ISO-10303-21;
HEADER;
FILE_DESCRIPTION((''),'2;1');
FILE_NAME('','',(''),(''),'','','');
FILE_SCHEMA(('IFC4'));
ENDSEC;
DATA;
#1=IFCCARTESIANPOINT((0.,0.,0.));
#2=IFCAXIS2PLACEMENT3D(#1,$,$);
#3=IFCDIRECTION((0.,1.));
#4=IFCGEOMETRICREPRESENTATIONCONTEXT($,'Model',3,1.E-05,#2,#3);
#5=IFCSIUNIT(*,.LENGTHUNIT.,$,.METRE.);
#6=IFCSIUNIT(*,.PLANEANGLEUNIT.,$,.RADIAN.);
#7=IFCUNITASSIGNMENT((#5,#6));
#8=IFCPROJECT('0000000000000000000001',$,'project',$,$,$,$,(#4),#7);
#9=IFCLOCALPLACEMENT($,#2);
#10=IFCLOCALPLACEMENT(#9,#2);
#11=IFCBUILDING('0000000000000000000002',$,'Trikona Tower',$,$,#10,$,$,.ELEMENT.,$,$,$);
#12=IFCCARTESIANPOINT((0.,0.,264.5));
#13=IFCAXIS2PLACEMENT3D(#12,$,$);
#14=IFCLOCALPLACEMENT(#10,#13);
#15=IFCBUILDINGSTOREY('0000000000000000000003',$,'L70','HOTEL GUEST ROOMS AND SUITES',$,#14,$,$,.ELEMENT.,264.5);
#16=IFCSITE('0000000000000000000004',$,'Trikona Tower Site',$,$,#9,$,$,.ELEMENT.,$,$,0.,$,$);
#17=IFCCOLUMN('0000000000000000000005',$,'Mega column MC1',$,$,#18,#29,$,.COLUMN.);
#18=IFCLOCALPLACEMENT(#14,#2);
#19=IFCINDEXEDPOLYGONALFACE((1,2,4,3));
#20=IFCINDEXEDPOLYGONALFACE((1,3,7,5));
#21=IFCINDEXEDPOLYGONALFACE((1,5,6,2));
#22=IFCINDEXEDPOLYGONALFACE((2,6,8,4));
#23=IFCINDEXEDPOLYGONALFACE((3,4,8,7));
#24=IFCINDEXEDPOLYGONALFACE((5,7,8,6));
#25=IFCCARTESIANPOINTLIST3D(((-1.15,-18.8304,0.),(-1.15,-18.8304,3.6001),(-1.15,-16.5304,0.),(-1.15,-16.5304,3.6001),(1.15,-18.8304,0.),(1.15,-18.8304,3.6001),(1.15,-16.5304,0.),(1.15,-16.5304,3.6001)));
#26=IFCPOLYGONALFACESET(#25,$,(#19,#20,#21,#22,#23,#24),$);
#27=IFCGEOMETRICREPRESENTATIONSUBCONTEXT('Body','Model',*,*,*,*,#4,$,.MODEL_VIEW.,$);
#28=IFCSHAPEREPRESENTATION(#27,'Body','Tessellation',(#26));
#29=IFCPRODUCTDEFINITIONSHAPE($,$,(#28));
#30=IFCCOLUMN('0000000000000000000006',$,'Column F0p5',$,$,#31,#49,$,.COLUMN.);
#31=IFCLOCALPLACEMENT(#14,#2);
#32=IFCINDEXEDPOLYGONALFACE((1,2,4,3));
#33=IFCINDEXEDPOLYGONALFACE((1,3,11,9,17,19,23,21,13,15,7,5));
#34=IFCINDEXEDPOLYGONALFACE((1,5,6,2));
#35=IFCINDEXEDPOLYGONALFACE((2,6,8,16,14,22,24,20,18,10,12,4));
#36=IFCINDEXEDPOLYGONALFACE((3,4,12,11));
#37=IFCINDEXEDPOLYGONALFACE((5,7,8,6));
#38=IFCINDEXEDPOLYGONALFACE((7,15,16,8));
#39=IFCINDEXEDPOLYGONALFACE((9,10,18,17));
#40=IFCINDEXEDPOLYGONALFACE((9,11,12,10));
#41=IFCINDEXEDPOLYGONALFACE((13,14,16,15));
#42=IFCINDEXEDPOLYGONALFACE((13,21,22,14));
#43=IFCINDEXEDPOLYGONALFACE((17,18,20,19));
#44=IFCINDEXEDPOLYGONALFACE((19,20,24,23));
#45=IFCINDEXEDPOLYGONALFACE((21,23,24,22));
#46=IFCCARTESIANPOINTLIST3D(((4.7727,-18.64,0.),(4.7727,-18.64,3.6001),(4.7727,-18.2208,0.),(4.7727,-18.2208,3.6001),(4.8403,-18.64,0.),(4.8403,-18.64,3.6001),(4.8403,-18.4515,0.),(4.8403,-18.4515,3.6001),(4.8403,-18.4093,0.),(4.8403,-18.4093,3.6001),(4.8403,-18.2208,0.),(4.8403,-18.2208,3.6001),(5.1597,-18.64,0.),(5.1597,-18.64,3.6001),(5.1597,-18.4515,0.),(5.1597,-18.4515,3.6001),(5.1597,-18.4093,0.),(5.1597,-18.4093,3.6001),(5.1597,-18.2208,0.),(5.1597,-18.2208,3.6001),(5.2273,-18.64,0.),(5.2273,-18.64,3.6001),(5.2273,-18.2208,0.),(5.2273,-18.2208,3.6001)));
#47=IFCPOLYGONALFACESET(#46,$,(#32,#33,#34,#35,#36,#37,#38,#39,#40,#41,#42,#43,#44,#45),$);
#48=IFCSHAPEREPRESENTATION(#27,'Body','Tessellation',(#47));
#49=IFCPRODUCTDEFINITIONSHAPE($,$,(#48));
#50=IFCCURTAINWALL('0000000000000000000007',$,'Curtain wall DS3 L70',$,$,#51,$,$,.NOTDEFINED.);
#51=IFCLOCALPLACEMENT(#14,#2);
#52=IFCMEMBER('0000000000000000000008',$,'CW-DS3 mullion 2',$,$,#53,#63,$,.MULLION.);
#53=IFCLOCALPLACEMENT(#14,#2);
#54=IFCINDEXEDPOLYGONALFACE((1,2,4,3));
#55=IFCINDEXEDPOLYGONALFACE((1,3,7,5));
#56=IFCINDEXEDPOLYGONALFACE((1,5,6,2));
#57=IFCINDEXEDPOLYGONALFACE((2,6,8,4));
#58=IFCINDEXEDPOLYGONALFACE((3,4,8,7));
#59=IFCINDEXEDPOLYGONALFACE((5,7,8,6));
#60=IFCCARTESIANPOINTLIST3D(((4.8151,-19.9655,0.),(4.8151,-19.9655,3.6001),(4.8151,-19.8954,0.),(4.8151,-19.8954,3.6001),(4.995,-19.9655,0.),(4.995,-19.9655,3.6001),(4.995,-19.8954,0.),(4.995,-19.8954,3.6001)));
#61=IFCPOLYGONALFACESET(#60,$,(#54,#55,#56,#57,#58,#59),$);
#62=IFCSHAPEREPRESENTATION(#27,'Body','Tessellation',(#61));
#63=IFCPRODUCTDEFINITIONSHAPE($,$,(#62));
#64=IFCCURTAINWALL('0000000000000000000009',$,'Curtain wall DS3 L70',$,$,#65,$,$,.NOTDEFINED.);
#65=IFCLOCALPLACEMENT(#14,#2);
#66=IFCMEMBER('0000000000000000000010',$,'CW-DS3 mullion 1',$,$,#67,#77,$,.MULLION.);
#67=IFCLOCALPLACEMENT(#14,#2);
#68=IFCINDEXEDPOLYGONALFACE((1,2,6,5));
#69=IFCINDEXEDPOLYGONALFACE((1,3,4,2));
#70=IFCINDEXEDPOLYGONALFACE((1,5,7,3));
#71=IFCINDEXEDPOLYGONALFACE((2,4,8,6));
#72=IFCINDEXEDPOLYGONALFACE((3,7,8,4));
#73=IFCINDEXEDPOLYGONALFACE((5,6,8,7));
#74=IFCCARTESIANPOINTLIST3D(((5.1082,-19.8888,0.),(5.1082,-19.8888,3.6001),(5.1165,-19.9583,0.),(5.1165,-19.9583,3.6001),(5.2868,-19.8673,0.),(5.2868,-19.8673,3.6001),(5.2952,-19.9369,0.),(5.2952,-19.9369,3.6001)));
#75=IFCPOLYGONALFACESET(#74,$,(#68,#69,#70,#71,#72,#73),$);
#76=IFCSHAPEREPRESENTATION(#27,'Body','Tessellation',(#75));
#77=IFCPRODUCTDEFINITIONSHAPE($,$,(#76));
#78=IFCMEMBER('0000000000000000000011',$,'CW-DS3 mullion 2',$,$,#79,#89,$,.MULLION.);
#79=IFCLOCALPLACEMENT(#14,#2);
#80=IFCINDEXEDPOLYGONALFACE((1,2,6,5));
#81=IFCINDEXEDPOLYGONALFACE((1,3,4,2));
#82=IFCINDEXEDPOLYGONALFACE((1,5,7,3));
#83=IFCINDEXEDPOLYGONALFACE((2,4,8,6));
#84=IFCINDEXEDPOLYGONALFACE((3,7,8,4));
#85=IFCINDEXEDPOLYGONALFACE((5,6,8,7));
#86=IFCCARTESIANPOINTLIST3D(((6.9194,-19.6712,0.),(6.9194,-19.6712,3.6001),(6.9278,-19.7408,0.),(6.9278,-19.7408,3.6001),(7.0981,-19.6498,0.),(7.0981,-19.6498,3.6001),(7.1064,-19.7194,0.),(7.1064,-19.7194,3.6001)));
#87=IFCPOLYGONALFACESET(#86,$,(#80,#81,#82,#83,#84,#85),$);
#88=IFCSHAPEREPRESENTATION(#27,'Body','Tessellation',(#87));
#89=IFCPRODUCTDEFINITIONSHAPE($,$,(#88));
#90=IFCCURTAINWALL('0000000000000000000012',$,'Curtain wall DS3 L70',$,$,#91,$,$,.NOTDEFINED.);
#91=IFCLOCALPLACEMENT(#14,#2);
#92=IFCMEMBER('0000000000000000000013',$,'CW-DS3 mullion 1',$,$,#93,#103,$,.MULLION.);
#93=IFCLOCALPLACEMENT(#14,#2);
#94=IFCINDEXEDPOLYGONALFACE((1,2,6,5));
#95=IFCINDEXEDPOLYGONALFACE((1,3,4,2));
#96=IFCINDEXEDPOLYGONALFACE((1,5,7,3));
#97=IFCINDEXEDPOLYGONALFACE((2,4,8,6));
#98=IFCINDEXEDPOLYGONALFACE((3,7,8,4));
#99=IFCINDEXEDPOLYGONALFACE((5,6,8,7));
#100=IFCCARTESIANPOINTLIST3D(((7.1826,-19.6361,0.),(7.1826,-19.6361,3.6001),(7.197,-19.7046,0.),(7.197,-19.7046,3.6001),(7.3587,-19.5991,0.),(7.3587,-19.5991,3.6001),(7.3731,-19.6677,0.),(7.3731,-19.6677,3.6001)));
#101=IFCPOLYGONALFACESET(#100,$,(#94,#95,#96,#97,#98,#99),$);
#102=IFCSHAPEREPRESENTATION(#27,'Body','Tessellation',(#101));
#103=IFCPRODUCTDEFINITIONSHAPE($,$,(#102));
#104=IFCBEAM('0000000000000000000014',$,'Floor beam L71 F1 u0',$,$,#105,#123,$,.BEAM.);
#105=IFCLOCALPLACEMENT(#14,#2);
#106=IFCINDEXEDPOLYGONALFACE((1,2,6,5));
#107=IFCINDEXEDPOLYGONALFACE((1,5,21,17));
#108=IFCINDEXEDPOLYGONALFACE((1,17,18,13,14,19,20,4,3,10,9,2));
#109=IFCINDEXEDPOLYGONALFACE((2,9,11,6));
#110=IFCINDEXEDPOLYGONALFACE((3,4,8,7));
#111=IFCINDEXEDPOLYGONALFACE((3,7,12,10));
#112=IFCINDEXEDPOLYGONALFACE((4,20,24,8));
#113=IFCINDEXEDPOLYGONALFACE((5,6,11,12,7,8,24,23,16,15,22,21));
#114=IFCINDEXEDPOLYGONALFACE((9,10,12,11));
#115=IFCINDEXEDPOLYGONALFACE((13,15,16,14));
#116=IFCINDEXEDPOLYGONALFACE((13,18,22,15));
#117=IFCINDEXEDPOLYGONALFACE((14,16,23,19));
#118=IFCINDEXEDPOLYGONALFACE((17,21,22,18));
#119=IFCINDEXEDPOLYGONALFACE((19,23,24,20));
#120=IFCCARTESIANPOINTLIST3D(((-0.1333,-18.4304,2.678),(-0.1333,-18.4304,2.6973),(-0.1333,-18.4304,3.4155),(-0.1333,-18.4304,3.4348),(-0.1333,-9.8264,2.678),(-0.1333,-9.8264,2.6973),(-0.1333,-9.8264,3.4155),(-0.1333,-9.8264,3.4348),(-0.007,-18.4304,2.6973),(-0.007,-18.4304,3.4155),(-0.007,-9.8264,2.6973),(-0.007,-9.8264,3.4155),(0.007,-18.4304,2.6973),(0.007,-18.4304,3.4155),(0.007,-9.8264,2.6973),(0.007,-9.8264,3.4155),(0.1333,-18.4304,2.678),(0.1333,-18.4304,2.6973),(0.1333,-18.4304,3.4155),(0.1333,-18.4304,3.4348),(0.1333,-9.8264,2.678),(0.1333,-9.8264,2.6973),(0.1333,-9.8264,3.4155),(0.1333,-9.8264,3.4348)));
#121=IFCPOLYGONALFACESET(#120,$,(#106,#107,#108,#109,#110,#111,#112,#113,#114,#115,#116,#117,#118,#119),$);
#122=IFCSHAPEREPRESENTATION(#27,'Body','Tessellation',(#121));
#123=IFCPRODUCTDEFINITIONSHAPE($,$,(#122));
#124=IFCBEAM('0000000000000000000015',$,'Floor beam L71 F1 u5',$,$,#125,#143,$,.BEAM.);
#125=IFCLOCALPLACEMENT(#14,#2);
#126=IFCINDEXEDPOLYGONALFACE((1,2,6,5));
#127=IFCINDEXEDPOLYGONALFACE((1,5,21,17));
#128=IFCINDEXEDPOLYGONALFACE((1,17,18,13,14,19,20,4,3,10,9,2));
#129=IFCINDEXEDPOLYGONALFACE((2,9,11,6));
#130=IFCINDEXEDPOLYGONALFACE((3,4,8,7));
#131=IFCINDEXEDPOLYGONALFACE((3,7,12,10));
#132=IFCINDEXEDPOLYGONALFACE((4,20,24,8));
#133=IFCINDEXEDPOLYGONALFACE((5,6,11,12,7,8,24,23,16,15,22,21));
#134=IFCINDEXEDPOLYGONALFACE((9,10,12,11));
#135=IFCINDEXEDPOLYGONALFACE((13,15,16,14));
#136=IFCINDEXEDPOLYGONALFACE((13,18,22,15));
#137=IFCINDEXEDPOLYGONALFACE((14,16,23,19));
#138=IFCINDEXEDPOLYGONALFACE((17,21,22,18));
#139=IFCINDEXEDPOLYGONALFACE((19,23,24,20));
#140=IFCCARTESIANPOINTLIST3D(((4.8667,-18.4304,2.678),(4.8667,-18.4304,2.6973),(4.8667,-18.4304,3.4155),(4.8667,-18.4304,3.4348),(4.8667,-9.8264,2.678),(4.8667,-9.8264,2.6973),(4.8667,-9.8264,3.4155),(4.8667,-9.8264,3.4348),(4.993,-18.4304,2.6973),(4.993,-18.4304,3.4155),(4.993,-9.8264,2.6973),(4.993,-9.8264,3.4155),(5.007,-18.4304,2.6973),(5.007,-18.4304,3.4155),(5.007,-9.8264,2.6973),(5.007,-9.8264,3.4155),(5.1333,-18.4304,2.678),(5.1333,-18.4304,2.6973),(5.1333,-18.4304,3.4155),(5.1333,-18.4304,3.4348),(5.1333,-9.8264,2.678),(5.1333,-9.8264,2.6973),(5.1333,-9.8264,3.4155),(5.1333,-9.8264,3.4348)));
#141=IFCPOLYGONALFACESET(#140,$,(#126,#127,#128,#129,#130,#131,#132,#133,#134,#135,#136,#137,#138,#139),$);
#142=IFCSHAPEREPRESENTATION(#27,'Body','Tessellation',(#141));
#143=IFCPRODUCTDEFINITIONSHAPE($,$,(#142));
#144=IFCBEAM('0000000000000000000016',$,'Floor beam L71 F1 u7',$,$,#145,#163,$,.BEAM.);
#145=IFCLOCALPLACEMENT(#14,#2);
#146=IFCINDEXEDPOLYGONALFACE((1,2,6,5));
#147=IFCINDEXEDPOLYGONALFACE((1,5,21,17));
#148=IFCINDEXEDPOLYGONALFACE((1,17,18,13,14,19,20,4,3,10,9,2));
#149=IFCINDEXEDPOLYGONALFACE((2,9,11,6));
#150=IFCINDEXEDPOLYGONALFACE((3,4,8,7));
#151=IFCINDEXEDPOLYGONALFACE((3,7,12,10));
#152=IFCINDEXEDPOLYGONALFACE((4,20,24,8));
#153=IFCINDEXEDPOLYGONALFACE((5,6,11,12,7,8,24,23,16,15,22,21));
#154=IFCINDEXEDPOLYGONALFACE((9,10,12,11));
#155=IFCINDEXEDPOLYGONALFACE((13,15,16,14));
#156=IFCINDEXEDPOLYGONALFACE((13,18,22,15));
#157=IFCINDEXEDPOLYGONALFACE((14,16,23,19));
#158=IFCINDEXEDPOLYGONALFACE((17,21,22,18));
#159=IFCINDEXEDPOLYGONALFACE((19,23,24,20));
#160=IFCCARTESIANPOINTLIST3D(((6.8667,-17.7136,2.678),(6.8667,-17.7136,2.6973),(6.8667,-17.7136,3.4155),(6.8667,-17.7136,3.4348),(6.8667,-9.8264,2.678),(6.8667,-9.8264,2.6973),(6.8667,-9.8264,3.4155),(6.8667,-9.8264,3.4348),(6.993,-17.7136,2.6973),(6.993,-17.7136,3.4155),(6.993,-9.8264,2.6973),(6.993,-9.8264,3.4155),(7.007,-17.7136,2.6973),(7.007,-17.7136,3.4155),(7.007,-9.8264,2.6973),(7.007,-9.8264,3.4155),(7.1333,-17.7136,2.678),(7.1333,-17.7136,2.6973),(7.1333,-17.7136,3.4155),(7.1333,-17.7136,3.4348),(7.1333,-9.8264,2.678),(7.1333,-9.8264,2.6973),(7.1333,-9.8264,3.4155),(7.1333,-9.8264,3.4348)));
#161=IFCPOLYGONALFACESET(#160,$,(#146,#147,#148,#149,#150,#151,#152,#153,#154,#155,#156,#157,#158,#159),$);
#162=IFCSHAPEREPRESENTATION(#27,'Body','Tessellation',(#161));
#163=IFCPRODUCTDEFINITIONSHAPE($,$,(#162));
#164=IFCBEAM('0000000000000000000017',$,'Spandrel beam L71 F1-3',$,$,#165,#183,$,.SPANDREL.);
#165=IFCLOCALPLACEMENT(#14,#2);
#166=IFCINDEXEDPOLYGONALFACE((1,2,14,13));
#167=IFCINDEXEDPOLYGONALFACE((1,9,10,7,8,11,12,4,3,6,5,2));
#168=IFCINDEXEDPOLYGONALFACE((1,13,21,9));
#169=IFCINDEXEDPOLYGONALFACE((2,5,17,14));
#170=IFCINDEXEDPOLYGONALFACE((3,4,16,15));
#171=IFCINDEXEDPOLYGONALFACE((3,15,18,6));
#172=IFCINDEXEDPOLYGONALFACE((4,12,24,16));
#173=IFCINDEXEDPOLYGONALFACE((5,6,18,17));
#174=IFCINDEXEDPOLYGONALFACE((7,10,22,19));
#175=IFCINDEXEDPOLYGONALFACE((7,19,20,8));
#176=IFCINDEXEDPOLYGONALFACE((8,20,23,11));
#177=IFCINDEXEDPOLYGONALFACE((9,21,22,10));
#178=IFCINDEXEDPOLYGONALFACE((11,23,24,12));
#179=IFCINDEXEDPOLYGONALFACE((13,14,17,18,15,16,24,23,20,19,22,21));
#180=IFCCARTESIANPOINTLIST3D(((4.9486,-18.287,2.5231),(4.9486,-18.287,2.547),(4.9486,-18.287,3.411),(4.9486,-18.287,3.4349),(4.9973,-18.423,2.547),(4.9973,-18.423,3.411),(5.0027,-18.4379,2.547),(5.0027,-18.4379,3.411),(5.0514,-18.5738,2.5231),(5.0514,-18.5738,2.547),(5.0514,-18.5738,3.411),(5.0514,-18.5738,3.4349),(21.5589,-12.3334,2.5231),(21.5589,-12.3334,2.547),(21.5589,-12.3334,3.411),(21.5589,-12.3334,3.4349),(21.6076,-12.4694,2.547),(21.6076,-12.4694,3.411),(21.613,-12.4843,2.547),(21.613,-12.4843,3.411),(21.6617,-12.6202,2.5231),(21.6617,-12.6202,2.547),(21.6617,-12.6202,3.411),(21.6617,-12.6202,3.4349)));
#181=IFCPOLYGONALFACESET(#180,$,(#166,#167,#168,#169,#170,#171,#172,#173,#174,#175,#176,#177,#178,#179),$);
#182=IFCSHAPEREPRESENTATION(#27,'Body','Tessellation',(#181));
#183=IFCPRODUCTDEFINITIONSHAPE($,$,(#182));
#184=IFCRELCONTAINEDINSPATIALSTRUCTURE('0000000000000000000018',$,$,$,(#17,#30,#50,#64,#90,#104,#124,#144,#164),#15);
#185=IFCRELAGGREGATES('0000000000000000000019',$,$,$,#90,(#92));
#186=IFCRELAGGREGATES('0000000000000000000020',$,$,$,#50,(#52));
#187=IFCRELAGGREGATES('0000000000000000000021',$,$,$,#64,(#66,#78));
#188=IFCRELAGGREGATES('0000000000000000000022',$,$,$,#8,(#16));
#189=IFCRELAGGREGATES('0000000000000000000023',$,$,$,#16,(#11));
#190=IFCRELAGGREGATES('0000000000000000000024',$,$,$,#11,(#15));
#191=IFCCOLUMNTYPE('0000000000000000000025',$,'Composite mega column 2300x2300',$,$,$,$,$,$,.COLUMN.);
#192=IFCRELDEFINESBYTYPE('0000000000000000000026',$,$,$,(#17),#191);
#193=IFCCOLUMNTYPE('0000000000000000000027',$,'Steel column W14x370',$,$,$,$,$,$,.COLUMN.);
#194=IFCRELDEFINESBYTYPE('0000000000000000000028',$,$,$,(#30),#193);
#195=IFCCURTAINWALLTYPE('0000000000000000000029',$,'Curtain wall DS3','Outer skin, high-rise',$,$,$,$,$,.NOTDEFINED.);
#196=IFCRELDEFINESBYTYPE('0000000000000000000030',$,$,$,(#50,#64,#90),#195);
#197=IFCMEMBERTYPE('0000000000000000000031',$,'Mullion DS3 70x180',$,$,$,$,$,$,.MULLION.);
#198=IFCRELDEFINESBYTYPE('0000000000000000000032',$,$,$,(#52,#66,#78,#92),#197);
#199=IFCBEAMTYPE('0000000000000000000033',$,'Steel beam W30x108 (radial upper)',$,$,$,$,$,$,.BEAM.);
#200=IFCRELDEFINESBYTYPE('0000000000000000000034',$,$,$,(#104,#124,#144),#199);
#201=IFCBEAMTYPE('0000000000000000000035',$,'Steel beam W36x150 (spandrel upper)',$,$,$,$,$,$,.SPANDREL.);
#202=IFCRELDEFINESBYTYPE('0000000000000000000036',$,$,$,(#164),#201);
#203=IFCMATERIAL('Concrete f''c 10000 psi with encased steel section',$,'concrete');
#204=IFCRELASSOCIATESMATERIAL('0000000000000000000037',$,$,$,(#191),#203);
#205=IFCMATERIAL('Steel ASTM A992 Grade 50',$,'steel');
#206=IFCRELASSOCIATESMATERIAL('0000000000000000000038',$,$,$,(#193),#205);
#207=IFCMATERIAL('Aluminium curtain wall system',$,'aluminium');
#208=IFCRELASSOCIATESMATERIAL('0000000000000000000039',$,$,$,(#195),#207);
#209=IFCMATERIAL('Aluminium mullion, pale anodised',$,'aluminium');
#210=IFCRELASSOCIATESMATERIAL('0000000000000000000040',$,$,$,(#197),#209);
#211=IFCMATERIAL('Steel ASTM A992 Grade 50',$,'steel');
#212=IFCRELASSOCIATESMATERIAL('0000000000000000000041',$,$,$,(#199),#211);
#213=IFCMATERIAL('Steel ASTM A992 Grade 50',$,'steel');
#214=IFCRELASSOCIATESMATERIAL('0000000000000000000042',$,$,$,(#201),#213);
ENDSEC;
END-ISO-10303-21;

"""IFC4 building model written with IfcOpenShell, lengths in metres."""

from ifc_helpers import new_model, si_unit, direction, frame, origin, origin_2d, place, context, subcontext, project, spatial, rectangle, i_section, extrude, material, material_profile, profile_set, type_object, element, aggregate, save


model = new_model("IFC4")

# Units and contexts
model_context = context("Model", 3, precision=1e-05, world=origin(), true_north=direction((0.0, 1.0)))
body_context = subcontext(model_context, "Body", "Model", "MODEL_VIEW")
ifc_project = project(units=[si_unit("LENGTHUNIT", "METRE"), si_unit("PLANEANGLEUNIT", "RADIAN")], contexts=[model_context])

# Site, building, storey
site_placement = place(None, origin())
site = spatial("IfcSite", under=ifc_project, at=site_placement, Name="Trikona Tower Site", CompositionType="ELEMENT", RefElevation=0.0)
building_placement = place(site_placement, origin())
building = spatial("IfcBuilding", under=site, at=building_placement, Name="Trikona Tower", CompositionType="ELEMENT")
storey_placement = place(building_placement, frame((0.0, 0.0, 264.5)))
storey = spatial("IfcBuildingStorey", under=building, at=storey_placement, Name="L70", Description="HOTEL GUEST ROOMS AND SUITES", CompositionType="ELEMENT", Elevation=264.5)

# Columns
ifc_material_1 = material(Name="Concrete f'c 10000 psi with encased steel section", Category="concrete")
ifc_material_profile_1 = material_profile(ifc_material_1, rectangle(XDim=2.3, YDim=2.3, at=origin_2d()), Name="MC2300")
ifc_profile_set_1 = profile_set([ifc_material_profile_1], Name="Concrete f'c 10000 psi with encased steel section")
column_type_1 = type_object("IfcColumnType", Name="Composite mega column 2300x2300", PredefinedType="COLUMN", material=ifc_profile_set_1)
column_1_placement = place(storey_placement, frame((0.0, -17.6804, 0.0), z_axis=(0.0, 0.0, 1.0), x_axis=(0.0, -1.0, 0.0)))
element("IfcColumn", 1, at=column_1_placement, inside=storey, type_object=column_type_1, Name="Mega column MC1", PredefinedType="COLUMN", context=body_context, shape_type="SweptSolid", body=[
    extrude(rectangle(XDim=2.3, YDim=2.3, at=origin_2d()), origin(), (0.0, 0.0, 1.0), 3.6001),
])
ifc_material_2 = material(Name="Steel ASTM A992 Grade 50", Category="steel")
ifc_material_profile_2 = material_profile(ifc_material_2, i_section(OverallWidth=0.4192, OverallDepth=0.4546, WebThickness=0.0422, FlangeThickness=0.0676, at=origin_2d()), Name="W14X370")
ifc_profile_set_2 = profile_set([ifc_material_profile_2], Name="Steel ASTM A992 Grade 50")
column_type_2 = type_object("IfcColumnType", Name="Steel column W14x370", PredefinedType="COLUMN", material=ifc_profile_set_2)
column_2_placement = place(storey_placement, frame((5.0, -18.4304, 0.0), z_axis=(0.0, 0.0, 1.0), x_axis=(0.0, -1.0, 0.0)))
element("IfcColumn", 2, at=column_2_placement, inside=storey, type_object=column_type_2, Name="Column F0p5", PredefinedType="COLUMN", context=body_context, shape_type="SweptSolid", body=[
    extrude(i_section(OverallWidth=0.4192, OverallDepth=0.4546, WebThickness=0.0422, FlangeThickness=0.0676, at=origin_2d()), origin(), (0.0, 0.0, 1.0), 3.6001),
])

# Curtain wall, member
ifc_material_3 = material(Name="Aluminium curtain wall system", Category="aluminium")
curtain_wall_type = type_object("IfcCurtainWallType", Name="Curtain wall DS3", Description="Outer skin, high-rise", PredefinedType="NOTDEFINED", material=ifc_material_3)
curtain_wall_1_placement = place(storey_placement, origin())
curtain_wall_1 = element("IfcCurtainWall", 3, at=curtain_wall_1_placement, inside=storey, type_object=curtain_wall_type, Name="Curtain wall DS3 L70", PredefinedType="NOTDEFINED")
ifc_material_4 = material(Name="Aluminium mullion, pale anodised", Category="aluminium")
ifc_material_profile_3 = material_profile(ifc_material_4, rectangle(XDim=0.0701, YDim=0.1799, at=origin_2d()), Name="MUL-DS3")
ifc_profile_set_3 = profile_set([ifc_material_profile_3], Name="Aluminium mullion, pale anodised")
member_type_1 = type_object("IfcMemberType", Name="Mullion DS3 70x180", PredefinedType="MULLION", material=ifc_profile_set_3)
member_1_placement = place(storey_placement, frame((4.905, -19.9304, 0.0), z_axis=(0.0, 0.0, 1.0), x_axis=(0.0, 1.0, 0.0)))
member_1 = element("IfcMember", 4, at=member_1_placement, type_object=member_type_1, Name="CW-DS3 mullion 2", PredefinedType="MULLION", context=body_context, shape_type="SweptSolid", body=[
    extrude(rectangle(XDim=0.0701, YDim=0.1799, at=origin_2d()), origin(), (0.0, 0.0, 1.0), 3.6001),
])

# Curtain wall, members
curtain_wall_2_placement = place(storey_placement, origin())
curtain_wall_2 = element("IfcCurtainWall", 5, at=curtain_wall_2_placement, inside=storey, type_object=curtain_wall_type, Name="Curtain wall DS3 L70", PredefinedType="NOTDEFINED")
member_2_placement = place(storey_placement, frame((5.2017, -19.9128, 0.0), z_axis=(0.0, 0.0, 1.0), x_axis=(-0.119141, 0.992877, 0.0)))
member_2 = element("IfcMember", 6, at=member_2_placement, type_object=member_type_1, Name="CW-DS3 mullion 1", PredefinedType="MULLION", context=body_context, shape_type="SweptSolid", body=[
    extrude(rectangle(XDim=0.0701, YDim=0.1799, at=origin_2d()), origin(), (0.0, 0.0, 1.0), 3.6001),
])
member_3_placement = place(storey_placement, frame((7.0129, -19.6953, 0.0), z_axis=(0.0, 0.0, 1.0), x_axis=(-0.119141, 0.992877, 0.0)))
member_3 = element("IfcMember", 7, at=member_3_placement, type_object=member_type_1, Name="CW-DS3 mullion 2", PredefinedType="MULLION", context=body_context, shape_type="SweptSolid", body=[
    extrude(rectangle(XDim=0.0701, YDim=0.1799, at=origin_2d()), origin(), (0.0, 0.0, 1.0), 3.6001),
])

# Curtain wall, member
curtain_wall_3_placement = place(storey_placement, origin())
curtain_wall_3 = element("IfcCurtainWall", 8, at=curtain_wall_3_placement, inside=storey, type_object=curtain_wall_type, Name="Curtain wall DS3 L70", PredefinedType="NOTDEFINED")
member_4_placement = place(storey_placement, frame((7.2778, -19.6519, 0.0), z_axis=(0.0, 0.0, 1.0), x_axis=(-0.205527, 0.978651, 0.0)))
member_4 = element("IfcMember", 9, at=member_4_placement, type_object=member_type_1, Name="CW-DS3 mullion 1", PredefinedType="MULLION", context=body_context, shape_type="SweptSolid", body=[
    extrude(rectangle(XDim=0.0701, YDim=0.1799, at=origin_2d()), origin(), (0.0, 0.0, 1.0), 3.6001),
])

# Beams
ifc_material_5 = material(Name="Steel ASTM A992 Grade 50", Category="steel")
ifc_material_profile_4 = material_profile(ifc_material_5, i_section(OverallWidth=0.2666, OverallDepth=0.7568, WebThickness=0.0139, FlangeThickness=0.0193, at=origin_2d()), Name="W30X108")
ifc_profile_set_4 = profile_set([ifc_material_profile_4], Name="Steel ASTM A992 Grade 50")
beam_type_1 = type_object("IfcBeamType", Name="Steel beam W30x108 (radial upper)", PredefinedType="BEAM", material=ifc_profile_set_4)
for number, where, z_axis, x_axis, name in (
    (10, (0.0, -9.8264, 3.0564), (0.0, -1.0, 0.0), (1.0, 0.0, 0.0), "Floor beam L71 F1 u0"),
    (11, (5.0, -9.8264, 3.0564), (0.0, -1.0, 0.0), (1.0, 0.0, 0.0), "Floor beam L71 F1 u5"),
):
    element("IfcBeam", number, at=place(storey_placement, frame(where, z_axis=z_axis, x_axis=x_axis)), inside=storey, type_object=beam_type_1, Name=name, PredefinedType="BEAM", context=body_context, shape_type="SweptSolid", body=[
        extrude(i_section(OverallWidth=0.2666, OverallDepth=0.7568, WebThickness=0.0139, FlangeThickness=0.0193, at=origin_2d()), origin(), (0.0, 0.0, 1.0), 8.604),
    ])
beam_1_placement = place(storey_placement, frame((7.0, -9.8264, 3.0564), z_axis=(0.0, -1.0, 0.0), x_axis=(1.0, 0.0, 0.0)))
element("IfcBeam", 12, at=beam_1_placement, inside=storey, type_object=beam_type_1, Name="Floor beam L71 F1 u7", PredefinedType="BEAM", context=body_context, shape_type="SweptSolid", body=[
    extrude(i_section(OverallWidth=0.2666, OverallDepth=0.7568, WebThickness=0.0139, FlangeThickness=0.0193, at=origin_2d()), origin(), (0.0, 0.0, 1.0), 7.8872),
])
ifc_material_6 = material(Name="Steel ASTM A992 Grade 50", Category="steel")
ifc_material_profile_5 = material_profile(ifc_material_6, i_section(OverallWidth=0.3047, OverallDepth=0.9119, WebThickness=0.0159, FlangeThickness=0.0239, at=origin_2d()), Name="W36X150")
ifc_profile_set_5 = profile_set([ifc_material_profile_5], Name="Steel ASTM A992 Grade 50")
beam_type_2 = type_object("IfcBeamType", Name="Steel beam W36x150 (spandrel upper)", PredefinedType="SPANDREL", material=ifc_profile_set_5)
beam_2_placement = place(storey_placement, frame((5.0, -18.4304, 2.979), z_axis=(0.941358, 0.337409, 0.0), x_axis=(-0.337409, 0.941358, 0.0)))
element("IfcBeam", 13, at=beam_2_placement, inside=storey, type_object=beam_type_2, Name="Spandrel beam L71 F1-3", PredefinedType="SPANDREL", context=body_context, shape_type="SweptSolid", body=[
    extrude(i_section(OverallWidth=0.3047, OverallDepth=0.9119, WebThickness=0.0159, FlangeThickness=0.0239, at=origin_2d()), origin(), (0.0, 0.0, 1.0), 17.645),
])

aggregate(curtain_wall_3, [member_4])

aggregate(curtain_wall_1, [member_1])
aggregate(curtain_wall_2, [member_2, member_3])

save(model, "model.ifc")
